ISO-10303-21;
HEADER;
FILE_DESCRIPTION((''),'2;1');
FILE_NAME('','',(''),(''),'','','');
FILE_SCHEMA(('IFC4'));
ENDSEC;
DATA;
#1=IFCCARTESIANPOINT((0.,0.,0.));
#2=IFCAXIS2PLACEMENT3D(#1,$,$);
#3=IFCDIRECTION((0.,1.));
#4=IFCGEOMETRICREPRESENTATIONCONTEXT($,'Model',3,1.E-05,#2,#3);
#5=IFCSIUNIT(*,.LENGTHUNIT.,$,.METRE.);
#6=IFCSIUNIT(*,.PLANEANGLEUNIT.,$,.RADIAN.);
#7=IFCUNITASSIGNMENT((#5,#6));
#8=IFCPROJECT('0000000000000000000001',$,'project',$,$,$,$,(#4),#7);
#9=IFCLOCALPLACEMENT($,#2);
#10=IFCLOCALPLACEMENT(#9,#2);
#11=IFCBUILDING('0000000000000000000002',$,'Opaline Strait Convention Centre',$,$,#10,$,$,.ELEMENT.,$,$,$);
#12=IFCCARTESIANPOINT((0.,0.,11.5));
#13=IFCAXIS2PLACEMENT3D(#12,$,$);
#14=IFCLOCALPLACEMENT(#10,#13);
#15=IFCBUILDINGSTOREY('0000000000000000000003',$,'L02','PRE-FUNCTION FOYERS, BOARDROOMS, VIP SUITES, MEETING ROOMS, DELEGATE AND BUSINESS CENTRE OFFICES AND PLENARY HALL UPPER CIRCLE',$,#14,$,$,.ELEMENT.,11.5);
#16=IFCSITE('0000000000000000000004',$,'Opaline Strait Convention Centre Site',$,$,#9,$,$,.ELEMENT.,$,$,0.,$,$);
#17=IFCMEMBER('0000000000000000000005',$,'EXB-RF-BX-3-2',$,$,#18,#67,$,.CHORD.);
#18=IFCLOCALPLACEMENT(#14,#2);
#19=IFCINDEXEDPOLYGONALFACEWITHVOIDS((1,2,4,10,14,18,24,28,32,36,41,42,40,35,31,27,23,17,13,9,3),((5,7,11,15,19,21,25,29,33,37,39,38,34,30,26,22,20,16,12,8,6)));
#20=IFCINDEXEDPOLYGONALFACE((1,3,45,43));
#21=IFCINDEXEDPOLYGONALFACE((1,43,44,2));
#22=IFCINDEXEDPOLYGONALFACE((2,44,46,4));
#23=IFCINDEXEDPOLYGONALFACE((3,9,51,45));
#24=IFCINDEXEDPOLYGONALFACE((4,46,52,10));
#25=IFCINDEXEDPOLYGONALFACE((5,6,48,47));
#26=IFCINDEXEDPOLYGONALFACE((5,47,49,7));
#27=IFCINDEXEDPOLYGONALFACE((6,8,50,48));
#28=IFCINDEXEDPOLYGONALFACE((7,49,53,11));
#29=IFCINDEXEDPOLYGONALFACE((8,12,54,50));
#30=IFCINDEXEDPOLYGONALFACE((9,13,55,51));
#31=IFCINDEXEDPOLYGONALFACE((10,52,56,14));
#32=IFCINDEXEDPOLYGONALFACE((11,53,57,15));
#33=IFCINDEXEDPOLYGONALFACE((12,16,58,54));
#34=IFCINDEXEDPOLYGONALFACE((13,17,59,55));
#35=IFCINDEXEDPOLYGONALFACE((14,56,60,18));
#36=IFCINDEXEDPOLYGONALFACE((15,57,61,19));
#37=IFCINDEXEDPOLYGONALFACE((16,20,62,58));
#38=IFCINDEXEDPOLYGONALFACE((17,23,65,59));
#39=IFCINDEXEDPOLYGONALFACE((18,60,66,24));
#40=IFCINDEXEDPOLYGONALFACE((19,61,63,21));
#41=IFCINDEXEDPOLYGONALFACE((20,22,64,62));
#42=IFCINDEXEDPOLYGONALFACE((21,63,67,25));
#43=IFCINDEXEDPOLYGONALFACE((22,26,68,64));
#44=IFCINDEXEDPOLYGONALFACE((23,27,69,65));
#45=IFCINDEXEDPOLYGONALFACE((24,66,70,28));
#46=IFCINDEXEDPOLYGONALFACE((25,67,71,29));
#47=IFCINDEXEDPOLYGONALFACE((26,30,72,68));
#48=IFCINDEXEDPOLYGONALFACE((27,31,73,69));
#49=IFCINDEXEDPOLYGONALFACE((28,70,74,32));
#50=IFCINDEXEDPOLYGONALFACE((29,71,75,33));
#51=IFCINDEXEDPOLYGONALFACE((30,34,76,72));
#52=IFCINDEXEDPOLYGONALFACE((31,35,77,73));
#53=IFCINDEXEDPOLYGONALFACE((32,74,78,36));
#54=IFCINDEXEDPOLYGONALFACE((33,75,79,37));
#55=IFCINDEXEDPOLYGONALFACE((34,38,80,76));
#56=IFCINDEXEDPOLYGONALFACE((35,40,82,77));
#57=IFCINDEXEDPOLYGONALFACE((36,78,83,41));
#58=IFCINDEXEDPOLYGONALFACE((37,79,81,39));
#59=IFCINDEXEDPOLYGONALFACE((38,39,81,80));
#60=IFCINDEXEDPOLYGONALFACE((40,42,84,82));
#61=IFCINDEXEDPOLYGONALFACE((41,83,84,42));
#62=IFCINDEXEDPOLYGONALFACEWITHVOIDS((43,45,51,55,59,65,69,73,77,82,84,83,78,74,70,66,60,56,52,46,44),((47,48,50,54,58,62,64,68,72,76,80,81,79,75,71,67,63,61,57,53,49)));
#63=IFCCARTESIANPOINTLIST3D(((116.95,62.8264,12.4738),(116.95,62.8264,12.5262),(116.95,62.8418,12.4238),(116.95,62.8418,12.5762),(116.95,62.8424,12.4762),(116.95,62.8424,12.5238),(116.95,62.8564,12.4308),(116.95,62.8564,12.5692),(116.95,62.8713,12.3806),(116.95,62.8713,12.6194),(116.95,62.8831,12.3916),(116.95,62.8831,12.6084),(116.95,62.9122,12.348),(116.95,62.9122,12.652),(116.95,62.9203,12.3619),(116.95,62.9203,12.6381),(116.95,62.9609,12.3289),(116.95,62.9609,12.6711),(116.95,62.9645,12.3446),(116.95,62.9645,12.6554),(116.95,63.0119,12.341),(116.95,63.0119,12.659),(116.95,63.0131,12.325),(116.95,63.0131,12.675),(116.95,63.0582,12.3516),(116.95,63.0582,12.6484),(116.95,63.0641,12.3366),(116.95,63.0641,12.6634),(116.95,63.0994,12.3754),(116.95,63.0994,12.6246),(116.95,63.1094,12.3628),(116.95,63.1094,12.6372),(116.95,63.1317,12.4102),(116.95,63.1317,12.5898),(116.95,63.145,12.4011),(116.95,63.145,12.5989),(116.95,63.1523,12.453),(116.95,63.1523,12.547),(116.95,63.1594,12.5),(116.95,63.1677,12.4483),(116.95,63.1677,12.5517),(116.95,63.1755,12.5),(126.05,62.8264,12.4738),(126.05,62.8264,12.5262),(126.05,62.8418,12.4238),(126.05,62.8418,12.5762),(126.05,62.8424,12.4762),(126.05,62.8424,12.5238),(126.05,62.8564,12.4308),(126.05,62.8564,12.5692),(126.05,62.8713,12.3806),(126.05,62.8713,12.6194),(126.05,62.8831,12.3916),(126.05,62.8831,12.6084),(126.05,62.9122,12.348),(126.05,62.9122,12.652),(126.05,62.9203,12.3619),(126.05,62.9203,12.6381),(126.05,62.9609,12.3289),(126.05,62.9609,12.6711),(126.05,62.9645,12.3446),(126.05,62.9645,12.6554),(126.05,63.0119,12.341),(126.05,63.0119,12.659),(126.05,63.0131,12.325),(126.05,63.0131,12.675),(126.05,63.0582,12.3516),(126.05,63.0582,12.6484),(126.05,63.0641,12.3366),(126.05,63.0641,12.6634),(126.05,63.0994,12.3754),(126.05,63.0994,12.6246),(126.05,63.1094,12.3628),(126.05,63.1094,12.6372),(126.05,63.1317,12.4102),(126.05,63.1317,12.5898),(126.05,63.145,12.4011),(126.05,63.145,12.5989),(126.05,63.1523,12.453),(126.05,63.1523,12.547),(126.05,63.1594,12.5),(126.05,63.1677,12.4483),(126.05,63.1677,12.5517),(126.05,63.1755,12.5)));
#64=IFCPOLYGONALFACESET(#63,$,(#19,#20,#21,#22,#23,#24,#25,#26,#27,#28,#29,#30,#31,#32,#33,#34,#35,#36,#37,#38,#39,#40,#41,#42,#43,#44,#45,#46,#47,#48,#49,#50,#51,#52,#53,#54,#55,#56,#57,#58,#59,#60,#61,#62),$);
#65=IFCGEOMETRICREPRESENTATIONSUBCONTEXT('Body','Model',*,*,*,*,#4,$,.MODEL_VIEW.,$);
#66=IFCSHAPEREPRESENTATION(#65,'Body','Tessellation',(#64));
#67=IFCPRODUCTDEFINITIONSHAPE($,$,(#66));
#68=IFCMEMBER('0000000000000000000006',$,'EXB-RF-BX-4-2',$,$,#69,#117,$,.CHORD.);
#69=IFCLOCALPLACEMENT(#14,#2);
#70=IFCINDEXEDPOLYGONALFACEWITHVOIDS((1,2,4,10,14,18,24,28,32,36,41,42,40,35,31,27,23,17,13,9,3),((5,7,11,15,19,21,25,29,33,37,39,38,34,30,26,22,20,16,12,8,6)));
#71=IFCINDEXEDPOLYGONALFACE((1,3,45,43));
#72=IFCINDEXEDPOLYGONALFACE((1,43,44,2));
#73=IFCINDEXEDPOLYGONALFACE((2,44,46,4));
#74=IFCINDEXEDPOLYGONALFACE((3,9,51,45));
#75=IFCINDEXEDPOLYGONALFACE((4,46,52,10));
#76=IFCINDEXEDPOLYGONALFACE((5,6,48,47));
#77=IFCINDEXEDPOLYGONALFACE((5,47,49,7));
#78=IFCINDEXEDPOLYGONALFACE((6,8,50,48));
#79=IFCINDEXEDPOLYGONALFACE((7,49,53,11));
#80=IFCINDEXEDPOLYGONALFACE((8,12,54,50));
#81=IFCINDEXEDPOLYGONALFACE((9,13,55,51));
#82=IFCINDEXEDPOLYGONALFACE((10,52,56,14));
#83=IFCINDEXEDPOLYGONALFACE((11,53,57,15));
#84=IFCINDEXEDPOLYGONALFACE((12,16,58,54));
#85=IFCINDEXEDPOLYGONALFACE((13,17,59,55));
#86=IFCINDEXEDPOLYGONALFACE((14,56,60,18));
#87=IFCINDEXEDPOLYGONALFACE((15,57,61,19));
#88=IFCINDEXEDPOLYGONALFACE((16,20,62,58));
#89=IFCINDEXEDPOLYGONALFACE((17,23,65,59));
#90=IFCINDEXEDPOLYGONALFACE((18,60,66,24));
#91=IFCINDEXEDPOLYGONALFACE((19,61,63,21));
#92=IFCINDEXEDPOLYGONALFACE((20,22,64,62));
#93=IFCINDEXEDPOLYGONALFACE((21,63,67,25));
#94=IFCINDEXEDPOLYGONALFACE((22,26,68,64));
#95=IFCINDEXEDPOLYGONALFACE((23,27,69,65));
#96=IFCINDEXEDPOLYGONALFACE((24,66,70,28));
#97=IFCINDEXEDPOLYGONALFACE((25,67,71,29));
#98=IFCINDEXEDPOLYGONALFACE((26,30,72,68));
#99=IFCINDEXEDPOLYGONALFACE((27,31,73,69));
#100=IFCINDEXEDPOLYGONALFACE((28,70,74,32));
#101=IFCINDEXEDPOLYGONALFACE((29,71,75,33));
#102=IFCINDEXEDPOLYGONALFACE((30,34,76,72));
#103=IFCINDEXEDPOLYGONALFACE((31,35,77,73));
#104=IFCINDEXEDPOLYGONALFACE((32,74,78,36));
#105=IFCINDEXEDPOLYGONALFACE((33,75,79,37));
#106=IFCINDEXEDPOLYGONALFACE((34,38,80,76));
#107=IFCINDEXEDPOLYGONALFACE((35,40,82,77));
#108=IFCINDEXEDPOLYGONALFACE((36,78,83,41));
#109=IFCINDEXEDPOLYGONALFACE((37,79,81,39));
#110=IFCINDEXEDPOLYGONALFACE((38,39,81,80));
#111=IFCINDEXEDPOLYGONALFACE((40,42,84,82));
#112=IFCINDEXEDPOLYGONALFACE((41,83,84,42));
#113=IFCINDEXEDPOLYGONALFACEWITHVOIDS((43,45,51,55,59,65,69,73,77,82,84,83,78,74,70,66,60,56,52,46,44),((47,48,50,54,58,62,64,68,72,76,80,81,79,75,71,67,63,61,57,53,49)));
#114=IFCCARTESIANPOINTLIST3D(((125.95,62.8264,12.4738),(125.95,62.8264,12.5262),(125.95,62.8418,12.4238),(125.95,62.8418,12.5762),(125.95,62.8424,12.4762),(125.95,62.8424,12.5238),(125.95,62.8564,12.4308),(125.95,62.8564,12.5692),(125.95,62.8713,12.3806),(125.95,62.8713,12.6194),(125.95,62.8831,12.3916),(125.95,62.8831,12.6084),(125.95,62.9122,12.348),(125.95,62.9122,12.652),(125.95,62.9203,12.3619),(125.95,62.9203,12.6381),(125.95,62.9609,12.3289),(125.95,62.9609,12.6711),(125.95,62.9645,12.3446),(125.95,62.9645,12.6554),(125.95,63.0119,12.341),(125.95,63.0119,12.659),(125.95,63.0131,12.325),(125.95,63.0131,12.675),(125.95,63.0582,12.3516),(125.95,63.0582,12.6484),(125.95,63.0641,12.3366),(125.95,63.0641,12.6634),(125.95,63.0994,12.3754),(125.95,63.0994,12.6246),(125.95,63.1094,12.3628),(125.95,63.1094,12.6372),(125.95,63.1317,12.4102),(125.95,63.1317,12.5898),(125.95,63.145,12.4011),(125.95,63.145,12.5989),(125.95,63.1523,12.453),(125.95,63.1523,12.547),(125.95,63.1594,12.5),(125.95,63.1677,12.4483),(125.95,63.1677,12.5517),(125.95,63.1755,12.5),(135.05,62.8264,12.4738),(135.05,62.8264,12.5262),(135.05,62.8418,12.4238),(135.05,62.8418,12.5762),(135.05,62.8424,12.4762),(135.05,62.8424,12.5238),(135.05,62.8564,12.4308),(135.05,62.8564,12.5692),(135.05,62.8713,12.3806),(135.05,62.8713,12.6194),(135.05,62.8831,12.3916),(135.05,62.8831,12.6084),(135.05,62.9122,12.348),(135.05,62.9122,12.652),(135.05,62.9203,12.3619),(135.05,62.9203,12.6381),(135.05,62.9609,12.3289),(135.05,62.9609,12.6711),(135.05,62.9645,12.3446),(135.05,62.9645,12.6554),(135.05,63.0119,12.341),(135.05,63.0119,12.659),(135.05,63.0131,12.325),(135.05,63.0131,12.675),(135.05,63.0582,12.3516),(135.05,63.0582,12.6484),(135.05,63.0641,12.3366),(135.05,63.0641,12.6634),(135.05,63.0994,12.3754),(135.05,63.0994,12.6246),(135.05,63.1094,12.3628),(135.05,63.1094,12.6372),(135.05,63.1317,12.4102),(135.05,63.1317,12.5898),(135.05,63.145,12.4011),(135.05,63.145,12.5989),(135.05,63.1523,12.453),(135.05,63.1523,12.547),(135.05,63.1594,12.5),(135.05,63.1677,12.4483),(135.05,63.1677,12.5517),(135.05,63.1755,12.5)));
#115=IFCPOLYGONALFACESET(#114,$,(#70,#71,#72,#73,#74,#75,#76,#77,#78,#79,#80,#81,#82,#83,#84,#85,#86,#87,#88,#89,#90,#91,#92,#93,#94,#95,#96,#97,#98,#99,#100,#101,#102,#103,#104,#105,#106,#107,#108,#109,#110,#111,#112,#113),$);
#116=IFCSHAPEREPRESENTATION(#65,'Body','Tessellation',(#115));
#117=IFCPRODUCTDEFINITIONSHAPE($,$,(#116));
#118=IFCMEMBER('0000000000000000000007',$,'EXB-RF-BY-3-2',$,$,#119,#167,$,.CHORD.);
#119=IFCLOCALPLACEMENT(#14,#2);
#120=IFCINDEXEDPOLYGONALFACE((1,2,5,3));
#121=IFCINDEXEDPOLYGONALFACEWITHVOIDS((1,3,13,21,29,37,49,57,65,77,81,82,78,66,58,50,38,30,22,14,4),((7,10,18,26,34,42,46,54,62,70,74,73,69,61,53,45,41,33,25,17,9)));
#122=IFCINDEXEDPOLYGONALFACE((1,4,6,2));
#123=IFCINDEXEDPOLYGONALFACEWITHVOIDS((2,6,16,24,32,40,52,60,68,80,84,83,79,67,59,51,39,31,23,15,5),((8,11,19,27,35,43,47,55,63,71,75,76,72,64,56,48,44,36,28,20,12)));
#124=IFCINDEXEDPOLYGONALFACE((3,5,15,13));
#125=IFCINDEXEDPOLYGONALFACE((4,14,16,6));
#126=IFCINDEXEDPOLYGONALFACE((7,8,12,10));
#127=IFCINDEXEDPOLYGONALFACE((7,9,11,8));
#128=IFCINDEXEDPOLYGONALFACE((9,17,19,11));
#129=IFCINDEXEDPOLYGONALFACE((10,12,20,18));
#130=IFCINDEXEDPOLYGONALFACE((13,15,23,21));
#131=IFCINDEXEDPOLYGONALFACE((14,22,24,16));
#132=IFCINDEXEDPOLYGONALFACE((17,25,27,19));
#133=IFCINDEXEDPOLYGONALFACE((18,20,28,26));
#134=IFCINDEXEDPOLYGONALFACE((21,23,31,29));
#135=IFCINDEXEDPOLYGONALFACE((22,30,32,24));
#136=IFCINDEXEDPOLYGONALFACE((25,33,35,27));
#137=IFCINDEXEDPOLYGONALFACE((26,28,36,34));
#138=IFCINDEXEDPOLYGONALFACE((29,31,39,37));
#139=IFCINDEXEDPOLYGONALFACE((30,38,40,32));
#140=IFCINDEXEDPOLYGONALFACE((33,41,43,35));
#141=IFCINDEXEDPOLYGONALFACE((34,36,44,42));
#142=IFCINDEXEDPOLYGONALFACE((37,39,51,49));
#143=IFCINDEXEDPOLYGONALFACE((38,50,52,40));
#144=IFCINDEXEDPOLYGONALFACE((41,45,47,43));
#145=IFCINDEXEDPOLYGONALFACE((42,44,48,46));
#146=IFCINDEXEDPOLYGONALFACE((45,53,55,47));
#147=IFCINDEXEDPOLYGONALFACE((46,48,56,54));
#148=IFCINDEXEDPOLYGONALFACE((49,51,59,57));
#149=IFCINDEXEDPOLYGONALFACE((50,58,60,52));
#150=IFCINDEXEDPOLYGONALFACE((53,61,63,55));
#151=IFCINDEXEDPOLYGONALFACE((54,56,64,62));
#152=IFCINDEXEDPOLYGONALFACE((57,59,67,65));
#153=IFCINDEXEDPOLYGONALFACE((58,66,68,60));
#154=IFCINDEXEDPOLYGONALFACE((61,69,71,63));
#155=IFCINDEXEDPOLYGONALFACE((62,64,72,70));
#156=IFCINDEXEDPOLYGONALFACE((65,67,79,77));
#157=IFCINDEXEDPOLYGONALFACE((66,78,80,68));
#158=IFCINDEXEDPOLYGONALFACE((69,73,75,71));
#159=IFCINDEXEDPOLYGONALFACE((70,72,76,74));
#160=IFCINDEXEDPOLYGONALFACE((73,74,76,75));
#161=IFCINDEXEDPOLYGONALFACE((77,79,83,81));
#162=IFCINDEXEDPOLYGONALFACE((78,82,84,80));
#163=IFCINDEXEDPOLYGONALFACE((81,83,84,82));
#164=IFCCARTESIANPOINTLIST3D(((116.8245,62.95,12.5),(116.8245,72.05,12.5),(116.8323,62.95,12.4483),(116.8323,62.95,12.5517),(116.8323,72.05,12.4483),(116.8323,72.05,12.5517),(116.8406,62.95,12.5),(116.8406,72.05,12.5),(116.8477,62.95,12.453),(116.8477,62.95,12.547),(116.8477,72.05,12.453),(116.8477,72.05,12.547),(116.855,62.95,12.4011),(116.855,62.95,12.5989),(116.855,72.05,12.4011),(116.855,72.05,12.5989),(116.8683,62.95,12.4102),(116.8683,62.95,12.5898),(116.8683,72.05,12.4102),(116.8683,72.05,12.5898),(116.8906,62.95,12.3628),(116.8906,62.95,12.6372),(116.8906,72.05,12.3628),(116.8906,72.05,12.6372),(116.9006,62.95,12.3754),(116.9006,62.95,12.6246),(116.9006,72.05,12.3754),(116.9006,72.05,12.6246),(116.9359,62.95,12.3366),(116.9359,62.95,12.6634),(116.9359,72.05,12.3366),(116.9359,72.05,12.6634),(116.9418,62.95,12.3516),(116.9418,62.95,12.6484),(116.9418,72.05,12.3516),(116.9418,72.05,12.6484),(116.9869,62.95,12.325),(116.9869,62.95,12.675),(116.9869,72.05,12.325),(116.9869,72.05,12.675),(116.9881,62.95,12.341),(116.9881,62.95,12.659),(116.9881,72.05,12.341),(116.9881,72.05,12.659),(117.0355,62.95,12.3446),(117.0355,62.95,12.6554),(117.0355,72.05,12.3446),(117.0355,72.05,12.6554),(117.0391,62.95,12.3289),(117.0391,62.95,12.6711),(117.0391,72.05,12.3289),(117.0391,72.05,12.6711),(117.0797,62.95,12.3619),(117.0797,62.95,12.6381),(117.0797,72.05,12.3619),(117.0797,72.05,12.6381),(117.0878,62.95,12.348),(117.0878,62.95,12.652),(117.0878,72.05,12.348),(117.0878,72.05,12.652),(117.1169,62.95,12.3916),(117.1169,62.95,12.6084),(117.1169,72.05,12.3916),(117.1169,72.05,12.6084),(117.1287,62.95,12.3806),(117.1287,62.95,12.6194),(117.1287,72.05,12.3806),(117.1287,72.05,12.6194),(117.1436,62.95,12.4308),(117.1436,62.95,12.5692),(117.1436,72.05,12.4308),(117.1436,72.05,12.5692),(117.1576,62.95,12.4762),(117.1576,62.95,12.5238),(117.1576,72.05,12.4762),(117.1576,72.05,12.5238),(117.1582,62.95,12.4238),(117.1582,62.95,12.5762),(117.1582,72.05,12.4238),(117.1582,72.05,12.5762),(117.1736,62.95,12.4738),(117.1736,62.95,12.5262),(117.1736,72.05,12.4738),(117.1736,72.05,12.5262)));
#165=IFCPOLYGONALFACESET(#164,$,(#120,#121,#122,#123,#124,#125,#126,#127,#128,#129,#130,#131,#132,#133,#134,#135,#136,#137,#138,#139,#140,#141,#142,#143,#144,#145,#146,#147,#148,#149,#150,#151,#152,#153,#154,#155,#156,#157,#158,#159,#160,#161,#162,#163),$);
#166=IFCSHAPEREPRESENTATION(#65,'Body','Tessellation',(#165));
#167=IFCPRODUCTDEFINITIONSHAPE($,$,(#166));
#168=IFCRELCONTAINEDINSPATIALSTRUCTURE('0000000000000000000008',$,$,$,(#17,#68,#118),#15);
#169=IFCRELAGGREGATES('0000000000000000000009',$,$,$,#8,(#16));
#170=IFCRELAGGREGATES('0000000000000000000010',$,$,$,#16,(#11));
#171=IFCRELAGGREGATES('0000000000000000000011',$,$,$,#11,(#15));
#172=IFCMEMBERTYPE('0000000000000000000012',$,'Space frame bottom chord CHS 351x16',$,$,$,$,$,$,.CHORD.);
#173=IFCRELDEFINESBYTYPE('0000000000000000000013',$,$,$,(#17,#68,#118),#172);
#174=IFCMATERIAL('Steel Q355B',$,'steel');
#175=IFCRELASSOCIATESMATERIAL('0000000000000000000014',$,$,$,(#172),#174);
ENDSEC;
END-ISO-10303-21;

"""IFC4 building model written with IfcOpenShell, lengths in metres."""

from ifc_helpers import new_model, si_unit, direction, frame, origin, origin_2d, place, context, subcontext, project, spatial, hollow_circle, extrude, material, material_profile, profile_set, type_object, element, save


model = new_model("IFC4")

# Units and contexts
model_context = context("Model", 3, precision=1e-05, world=origin(), true_north=direction((0.0, 1.0)))
body_context = subcontext(model_context, "Body", "Model", "MODEL_VIEW")
ifc_project = project(units=[si_unit("LENGTHUNIT", "METRE"), si_unit("PLANEANGLEUNIT", "RADIAN")], contexts=[model_context])

# Site, building, storey
site_placement = place(None, origin())
site = spatial("IfcSite", under=ifc_project, at=site_placement, Name="Opaline Strait Convention Centre Site", CompositionType="ELEMENT", RefElevation=0.0)
building_placement = place(site_placement, origin())
building = spatial("IfcBuilding", under=site, at=building_placement, Name="Opaline Strait Convention Centre", CompositionType="ELEMENT")
storey_placement = place(building_placement, frame((0.0, 0.0, 11.5)))
storey = spatial("IfcBuildingStorey", under=building, at=storey_placement, Name="L02", Description="PRE-FUNCTION FOYERS, BOARDROOMS, VIP SUITES, MEETING ROOMS, DELEGATE AND BUSINESS CENTRE OFFICES AND PLENARY HALL UPPER CIRCLE", CompositionType="ELEMENT", Elevation=11.5)

# Members
ifc_material = material(Name="Steel Q355B", Category="steel")
ifc_material_profile_1 = material_profile(ifc_material, hollow_circle(Radius=0.1755, WallThickness=0.0161, at=origin_2d()), Name="CHS 351x16")
ifc_profile_set_1 = profile_set([ifc_material_profile_1], Name="Steel Q355B")
member_type_1 = type_object("IfcMemberType", Name="Space frame bottom chord CHS 351x16", PredefinedType="CHORD", material=ifc_profile_set_1)
for number, where, z_axis, x_axis, name in (
    (1, (116.95, 63.0, 12.5), (1.0, 0.0, 0.0), (0.0, 1.0, 0.0), "EXB-RF-BX-3-2"),
    (2, (125.95, 63.0, 12.5), (1.0, 0.0, 0.0), (0.0, 1.0, 0.0), "EXB-RF-BX-4-2"),
    (3, (117.0, 62.95, 12.5), (0.0, 1.0, 0.0), (-1.0, 0.0, 0.0), "EXB-RF-BY-3-2"),
):
    element("IfcMember", number, at=place(storey_placement, frame(where, z_axis=z_axis, x_axis=x_axis)), inside=storey, type_object=member_type_1, Name=name, PredefinedType="CHORD", context=body_context, shape_type="SweptSolid", body=[
        extrude(hollow_circle(Radius=0.1755, WallThickness=0.0161, at=origin_2d()), origin(), (0.0, 0.0, 1.0), 9.1001),
    ])

save(model, "model.ifc")
